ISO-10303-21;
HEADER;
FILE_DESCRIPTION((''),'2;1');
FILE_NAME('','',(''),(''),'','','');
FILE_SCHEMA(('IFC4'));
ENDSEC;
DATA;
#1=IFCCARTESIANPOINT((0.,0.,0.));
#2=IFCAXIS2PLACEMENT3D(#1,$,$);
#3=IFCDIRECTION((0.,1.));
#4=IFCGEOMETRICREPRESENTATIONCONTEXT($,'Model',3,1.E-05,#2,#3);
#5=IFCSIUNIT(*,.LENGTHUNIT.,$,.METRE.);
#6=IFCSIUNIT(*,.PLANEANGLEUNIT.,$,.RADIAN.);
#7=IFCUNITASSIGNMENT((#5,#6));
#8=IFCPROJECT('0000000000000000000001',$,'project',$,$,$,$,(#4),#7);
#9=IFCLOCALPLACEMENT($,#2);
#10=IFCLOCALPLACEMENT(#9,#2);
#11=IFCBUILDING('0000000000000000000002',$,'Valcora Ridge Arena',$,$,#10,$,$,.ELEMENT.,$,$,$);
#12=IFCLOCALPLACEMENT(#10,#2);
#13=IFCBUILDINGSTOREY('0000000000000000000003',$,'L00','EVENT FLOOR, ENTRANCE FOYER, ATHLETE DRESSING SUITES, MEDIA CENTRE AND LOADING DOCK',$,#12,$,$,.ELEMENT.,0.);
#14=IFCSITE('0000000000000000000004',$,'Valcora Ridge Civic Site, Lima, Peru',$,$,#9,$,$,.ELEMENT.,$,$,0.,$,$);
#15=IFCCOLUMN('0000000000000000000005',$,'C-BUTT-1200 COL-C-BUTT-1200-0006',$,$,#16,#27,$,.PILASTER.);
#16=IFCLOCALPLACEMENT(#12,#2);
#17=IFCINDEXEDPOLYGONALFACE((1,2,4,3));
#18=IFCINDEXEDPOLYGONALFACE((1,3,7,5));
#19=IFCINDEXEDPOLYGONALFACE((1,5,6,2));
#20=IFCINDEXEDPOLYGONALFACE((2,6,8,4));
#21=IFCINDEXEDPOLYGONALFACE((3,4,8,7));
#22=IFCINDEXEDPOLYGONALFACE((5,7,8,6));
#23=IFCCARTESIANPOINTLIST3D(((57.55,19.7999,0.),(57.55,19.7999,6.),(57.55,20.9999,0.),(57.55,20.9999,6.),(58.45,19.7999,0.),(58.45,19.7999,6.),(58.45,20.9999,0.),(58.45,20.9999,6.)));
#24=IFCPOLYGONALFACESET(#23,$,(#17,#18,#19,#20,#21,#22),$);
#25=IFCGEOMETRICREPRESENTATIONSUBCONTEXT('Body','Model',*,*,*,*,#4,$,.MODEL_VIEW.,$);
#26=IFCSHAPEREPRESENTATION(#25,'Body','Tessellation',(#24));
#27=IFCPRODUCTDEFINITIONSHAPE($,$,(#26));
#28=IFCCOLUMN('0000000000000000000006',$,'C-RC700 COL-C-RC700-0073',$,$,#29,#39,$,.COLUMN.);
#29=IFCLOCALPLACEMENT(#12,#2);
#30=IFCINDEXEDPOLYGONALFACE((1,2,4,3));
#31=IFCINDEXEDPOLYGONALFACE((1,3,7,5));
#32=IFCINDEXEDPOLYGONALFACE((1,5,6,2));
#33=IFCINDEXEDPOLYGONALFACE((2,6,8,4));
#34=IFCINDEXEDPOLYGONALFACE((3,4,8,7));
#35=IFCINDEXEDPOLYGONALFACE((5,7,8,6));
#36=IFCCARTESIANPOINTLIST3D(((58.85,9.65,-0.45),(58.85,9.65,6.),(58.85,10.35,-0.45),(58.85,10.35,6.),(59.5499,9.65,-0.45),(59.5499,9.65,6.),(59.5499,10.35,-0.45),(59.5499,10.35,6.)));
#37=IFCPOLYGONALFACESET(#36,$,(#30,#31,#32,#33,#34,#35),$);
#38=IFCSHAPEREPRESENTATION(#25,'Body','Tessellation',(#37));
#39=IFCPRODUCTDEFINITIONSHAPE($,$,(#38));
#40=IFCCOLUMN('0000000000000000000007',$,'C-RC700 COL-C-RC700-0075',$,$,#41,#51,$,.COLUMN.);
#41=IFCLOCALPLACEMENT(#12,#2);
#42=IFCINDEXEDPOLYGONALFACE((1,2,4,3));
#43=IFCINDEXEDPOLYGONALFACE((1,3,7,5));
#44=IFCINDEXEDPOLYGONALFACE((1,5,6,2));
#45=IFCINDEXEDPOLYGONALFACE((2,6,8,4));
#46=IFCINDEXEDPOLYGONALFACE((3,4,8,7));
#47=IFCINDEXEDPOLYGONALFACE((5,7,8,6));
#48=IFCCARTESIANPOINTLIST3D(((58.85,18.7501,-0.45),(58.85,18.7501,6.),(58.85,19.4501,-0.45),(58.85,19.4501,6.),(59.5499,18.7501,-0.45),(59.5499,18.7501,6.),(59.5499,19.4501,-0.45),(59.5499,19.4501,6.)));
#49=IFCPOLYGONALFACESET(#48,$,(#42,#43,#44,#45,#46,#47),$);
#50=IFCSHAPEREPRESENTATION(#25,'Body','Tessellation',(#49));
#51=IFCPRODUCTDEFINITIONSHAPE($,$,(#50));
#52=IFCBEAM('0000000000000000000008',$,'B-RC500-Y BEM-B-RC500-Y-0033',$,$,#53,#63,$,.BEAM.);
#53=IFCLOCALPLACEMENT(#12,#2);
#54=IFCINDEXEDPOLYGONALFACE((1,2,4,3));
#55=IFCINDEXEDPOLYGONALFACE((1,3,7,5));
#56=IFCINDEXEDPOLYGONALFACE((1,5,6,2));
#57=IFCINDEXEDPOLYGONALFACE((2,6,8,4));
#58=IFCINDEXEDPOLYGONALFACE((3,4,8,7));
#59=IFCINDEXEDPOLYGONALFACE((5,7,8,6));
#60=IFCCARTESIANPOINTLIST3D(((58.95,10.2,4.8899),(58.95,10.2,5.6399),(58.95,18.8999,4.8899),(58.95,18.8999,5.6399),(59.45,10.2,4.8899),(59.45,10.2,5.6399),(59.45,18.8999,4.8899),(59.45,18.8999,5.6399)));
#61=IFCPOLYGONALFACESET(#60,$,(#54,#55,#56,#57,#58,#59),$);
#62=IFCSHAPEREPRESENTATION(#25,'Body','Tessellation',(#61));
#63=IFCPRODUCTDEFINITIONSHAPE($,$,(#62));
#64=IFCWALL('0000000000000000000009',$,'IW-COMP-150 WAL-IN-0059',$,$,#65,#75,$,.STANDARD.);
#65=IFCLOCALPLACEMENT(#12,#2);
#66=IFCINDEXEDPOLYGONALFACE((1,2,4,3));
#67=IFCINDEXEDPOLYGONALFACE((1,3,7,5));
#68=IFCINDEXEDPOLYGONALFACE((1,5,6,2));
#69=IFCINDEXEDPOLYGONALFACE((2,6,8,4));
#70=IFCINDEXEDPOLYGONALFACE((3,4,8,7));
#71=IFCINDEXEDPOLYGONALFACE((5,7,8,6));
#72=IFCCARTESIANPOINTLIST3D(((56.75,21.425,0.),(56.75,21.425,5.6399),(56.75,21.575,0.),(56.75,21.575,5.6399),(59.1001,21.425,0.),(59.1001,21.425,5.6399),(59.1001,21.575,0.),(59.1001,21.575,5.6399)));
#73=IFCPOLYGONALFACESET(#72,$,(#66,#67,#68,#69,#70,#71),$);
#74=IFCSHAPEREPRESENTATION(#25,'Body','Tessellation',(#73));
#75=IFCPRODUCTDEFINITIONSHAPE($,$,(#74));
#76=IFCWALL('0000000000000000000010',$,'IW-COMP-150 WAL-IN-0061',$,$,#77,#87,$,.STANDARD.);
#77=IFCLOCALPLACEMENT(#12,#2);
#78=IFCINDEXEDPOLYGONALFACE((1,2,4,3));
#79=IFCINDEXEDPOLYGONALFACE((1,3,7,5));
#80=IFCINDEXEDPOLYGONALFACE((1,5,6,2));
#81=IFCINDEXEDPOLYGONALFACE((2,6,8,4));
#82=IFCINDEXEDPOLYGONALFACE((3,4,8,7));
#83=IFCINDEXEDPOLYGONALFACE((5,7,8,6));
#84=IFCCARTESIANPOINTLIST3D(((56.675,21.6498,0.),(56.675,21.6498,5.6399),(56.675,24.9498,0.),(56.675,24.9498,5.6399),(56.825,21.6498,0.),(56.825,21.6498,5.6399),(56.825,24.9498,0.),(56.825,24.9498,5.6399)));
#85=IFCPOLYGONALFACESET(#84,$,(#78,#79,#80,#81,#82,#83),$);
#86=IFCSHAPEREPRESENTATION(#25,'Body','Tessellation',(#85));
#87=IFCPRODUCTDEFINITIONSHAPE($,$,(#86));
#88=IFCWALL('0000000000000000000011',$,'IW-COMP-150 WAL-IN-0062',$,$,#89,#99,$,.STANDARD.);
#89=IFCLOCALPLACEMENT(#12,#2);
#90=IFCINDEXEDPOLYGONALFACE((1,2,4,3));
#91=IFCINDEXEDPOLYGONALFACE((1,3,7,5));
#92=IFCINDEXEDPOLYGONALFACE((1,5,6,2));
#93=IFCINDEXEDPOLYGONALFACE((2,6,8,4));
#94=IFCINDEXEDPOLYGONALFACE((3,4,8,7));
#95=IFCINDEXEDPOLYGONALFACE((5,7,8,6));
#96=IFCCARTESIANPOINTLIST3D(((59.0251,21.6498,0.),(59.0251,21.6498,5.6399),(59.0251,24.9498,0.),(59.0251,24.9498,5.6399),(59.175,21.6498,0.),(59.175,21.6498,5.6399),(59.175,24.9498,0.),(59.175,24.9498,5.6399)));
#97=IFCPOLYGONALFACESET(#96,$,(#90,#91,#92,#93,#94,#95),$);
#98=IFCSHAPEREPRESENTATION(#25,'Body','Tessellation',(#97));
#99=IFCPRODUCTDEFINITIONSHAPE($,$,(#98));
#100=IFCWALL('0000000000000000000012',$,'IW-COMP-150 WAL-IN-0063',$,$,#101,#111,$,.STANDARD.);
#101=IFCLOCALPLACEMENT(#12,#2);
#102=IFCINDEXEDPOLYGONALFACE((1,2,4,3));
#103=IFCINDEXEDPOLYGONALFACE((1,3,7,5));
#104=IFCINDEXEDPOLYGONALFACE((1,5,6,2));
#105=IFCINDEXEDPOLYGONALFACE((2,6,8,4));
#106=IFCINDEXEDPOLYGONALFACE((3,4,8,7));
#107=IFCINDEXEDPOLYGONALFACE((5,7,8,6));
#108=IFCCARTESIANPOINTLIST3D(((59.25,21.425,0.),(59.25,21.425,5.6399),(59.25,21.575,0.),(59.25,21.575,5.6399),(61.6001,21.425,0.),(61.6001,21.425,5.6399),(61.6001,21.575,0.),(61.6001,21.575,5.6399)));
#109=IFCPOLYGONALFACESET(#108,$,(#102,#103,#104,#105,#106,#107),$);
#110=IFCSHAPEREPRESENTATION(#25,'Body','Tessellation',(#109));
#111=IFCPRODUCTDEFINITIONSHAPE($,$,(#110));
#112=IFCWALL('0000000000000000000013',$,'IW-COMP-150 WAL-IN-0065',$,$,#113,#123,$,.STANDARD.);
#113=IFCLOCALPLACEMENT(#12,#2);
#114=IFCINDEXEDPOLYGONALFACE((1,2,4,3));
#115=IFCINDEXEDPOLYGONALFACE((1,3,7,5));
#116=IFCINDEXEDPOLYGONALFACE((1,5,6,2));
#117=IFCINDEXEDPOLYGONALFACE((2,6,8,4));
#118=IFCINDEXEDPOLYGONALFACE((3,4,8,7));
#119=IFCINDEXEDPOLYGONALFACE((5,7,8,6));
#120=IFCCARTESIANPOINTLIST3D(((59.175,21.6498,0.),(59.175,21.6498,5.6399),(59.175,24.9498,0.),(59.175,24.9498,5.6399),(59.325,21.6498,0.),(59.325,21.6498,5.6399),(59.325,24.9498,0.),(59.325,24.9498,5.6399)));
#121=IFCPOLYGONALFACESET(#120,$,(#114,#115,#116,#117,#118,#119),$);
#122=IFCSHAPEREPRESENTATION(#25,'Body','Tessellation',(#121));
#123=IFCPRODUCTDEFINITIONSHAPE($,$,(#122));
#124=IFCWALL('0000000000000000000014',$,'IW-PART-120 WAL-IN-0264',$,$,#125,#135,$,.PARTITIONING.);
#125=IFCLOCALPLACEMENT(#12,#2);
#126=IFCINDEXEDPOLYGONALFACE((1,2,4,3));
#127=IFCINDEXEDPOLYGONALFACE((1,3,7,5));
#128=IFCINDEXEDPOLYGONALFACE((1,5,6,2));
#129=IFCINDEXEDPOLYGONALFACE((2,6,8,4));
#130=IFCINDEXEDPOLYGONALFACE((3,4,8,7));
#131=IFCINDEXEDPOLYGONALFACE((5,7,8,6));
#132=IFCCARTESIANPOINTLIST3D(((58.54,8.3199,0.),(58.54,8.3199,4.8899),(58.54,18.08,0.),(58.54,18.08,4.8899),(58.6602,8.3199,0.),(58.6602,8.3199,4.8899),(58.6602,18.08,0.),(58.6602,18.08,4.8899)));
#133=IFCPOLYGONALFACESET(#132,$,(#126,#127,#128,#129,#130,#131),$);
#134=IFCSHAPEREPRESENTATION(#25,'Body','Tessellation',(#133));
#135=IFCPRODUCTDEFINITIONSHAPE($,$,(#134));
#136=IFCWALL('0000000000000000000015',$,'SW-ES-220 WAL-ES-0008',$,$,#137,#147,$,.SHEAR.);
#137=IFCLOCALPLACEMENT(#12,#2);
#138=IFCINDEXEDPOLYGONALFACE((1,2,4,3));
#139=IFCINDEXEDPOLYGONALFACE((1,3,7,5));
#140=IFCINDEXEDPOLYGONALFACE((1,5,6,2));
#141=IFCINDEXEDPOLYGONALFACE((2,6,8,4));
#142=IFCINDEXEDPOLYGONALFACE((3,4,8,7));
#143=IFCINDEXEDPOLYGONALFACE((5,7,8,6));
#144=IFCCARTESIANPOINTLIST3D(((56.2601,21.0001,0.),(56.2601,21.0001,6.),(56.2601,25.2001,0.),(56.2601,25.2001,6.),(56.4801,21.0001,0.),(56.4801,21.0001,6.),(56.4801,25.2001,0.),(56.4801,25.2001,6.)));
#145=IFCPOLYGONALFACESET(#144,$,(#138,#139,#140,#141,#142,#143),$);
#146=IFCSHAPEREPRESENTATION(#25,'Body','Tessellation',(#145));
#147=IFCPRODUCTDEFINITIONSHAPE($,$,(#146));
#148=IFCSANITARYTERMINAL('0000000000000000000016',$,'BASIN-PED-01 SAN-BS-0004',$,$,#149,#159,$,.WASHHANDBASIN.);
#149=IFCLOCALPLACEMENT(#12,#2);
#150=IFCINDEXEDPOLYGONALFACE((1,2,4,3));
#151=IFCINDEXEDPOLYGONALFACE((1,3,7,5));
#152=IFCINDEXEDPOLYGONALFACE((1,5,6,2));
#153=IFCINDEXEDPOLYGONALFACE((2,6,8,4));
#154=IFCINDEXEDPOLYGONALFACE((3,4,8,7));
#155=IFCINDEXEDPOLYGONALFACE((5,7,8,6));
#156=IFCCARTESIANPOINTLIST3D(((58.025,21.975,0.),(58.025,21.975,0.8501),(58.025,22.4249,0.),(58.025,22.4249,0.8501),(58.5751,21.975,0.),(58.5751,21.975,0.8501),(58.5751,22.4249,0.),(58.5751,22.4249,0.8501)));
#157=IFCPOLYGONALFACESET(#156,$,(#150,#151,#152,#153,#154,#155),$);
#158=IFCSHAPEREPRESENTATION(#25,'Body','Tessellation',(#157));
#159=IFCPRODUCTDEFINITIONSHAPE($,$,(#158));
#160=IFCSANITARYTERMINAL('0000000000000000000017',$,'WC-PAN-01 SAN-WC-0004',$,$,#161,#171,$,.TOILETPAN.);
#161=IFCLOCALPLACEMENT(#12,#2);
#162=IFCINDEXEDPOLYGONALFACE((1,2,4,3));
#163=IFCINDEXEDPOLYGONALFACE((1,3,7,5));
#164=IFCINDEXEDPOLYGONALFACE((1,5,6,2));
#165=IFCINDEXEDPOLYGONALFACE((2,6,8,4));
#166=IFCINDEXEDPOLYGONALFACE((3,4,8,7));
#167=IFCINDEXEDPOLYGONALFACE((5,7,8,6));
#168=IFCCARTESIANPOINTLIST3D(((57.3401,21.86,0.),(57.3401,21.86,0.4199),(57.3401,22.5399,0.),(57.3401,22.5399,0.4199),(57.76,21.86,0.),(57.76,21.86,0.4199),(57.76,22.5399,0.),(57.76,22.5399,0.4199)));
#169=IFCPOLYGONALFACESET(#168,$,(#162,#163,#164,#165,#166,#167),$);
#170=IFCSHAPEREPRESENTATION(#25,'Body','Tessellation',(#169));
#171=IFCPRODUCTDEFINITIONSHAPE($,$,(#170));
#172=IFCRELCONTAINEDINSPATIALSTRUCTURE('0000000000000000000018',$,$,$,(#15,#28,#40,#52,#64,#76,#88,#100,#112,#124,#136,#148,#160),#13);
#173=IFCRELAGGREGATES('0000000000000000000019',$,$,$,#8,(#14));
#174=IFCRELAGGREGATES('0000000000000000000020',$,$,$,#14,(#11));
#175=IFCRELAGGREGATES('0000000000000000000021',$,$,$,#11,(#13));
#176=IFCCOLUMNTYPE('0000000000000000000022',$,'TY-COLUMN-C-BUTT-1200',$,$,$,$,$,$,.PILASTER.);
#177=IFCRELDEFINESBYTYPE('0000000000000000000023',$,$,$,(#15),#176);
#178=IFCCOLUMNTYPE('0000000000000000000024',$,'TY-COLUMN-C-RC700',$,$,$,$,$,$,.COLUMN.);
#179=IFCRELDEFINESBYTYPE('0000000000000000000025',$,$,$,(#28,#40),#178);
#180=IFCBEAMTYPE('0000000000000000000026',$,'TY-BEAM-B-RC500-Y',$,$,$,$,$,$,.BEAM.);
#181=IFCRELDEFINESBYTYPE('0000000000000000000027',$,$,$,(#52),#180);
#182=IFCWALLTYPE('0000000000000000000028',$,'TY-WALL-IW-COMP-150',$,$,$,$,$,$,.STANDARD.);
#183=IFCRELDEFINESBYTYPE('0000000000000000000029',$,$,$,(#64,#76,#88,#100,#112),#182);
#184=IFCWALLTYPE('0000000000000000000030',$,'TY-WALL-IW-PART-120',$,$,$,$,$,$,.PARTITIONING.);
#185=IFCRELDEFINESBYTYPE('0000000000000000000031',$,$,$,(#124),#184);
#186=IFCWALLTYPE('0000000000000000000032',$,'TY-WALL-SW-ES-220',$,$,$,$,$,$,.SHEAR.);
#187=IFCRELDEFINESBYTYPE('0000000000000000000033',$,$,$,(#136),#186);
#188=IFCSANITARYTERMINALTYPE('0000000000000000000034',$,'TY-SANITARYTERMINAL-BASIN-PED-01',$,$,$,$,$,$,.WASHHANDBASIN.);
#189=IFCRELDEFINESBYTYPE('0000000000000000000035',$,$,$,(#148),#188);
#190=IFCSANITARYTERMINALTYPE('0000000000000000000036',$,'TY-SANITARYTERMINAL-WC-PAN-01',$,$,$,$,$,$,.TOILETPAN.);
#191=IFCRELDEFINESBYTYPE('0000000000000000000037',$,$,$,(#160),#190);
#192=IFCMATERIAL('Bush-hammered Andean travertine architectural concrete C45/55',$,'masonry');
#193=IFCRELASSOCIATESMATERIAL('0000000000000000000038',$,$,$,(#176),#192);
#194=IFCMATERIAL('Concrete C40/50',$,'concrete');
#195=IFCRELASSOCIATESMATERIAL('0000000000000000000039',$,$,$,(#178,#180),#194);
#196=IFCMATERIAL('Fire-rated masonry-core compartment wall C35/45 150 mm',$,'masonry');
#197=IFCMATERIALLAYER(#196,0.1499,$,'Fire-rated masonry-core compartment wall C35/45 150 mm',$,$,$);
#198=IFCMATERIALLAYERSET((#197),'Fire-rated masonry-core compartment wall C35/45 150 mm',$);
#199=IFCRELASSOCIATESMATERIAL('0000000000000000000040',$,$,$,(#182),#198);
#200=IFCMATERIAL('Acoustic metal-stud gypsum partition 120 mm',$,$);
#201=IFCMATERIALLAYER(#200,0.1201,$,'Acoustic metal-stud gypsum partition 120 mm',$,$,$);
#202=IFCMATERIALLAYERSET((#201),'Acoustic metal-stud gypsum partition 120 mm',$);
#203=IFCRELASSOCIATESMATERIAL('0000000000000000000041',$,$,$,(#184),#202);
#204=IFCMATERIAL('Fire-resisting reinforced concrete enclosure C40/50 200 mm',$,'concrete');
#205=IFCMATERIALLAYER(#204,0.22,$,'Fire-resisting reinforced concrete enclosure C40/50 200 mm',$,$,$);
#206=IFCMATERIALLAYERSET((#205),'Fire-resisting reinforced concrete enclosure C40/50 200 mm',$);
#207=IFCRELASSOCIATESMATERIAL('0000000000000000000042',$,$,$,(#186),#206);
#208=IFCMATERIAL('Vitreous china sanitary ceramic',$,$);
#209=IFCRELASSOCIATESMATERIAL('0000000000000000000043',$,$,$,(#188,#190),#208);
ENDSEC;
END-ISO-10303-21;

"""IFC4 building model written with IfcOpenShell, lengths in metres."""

from ifc_helpers import new_model, si_unit, direction, frame, frame_2d, origin, origin_2d, place, context, subcontext, project, spatial, rectangle, extrude, material, layer, layer_set, material_profile, profile_set, type_object, element, save


model = new_model("IFC4")

# Units and contexts
model_context = context("Model", 3, precision=1e-05, world=origin(), true_north=direction((0.0, 1.0)))
body_context = subcontext(model_context, "Body", "Model", "MODEL_VIEW")
ifc_project = project(units=[si_unit("LENGTHUNIT", "METRE"), si_unit("PLANEANGLEUNIT", "RADIAN")], contexts=[model_context])

# Site, building, storey
site_placement = place(None, origin())
site = spatial("IfcSite", under=ifc_project, at=site_placement, Name="Valcora Ridge Civic Site, Lima, Peru", CompositionType="ELEMENT", RefElevation=0.0)
building_placement = place(site_placement, origin())
building = spatial("IfcBuilding", under=site, at=building_placement, Name="Valcora Ridge Arena", CompositionType="ELEMENT")
storey_placement = place(building_placement, origin())
storey = spatial("IfcBuildingStorey", under=building, at=storey_placement, Name="L00", Description="EVENT FLOOR, ENTRANCE FOYER, ATHLETE DRESSING SUITES, MEDIA CENTRE AND LOADING DOCK", CompositionType="ELEMENT", Elevation=0.0)

# Shared definitions
ifc_material_1 = material(Name="Concrete C40/50", Category="concrete")

# Columns
ifc_material_2 = material(Name="Bush-hammered Andean travertine architectural concrete C45/55", Category="masonry")
ifc_material_profile_1 = material_profile(ifc_material_2, rectangle(XDim=0.8999, YDim=1.2, at=origin_2d()), Name="RC 900x1200")
ifc_profile_set_1 = profile_set([ifc_material_profile_1], Name="Bush-hammered Andean travertine architectural concrete C45/55")
column_type_1 = type_object("IfcColumnType", Name="TY-COLUMN-C-BUTT-1200", PredefinedType="PILASTER", material=ifc_profile_set_1)
column_placement = place(storey_placement, frame((58.0, 20.3999, 0.0), z_axis=(0.0, 0.0, 1.0), x_axis=(1.0, 0.0, 0.0)))
element("IfcColumn", 1, at=column_placement, inside=storey, type_object=column_type_1, Name="C-BUTT-1200 COL-C-BUTT-1200-0006", PredefinedType="PILASTER", context=body_context, shape_type="SweptSolid", body=[
    extrude(rectangle(XDim=0.8999, YDim=1.2, at=origin_2d()), origin(), (0.0, 0.0, 1.0), 6.0),
])
ifc_material_profile_2 = material_profile(ifc_material_1, rectangle(XDim=0.7, YDim=0.7, at=origin_2d()), Name="RC 700x700")
ifc_profile_set_2 = profile_set([ifc_material_profile_2], Name="Concrete C40/50")
column_type_2 = type_object("IfcColumnType", Name="TY-COLUMN-C-RC700", PredefinedType="COLUMN", material=ifc_profile_set_2)
for number, where, z_axis, x_axis, name in (
    (2, (59.2, 10.0, -0.45), (0.0, 0.0, 1.0), (1.0, 0.0, 0.0), "C-RC700 COL-C-RC700-0073"),
    (3, (59.2, 19.1001, -0.45), (0.0, 0.0, 1.0), (1.0, 0.0, 0.0), "C-RC700 COL-C-RC700-0075"),
):
    element("IfcColumn", number, at=place(storey_placement, frame(where, z_axis=z_axis, x_axis=x_axis)), inside=storey, type_object=column_type_2, Name=name, PredefinedType="COLUMN", context=body_context, shape_type="SweptSolid", body=[
        extrude(rectangle(XDim=0.7, YDim=0.7, at=origin_2d()), origin(), (0.0, 0.0, 1.0), 6.45),
    ])

# Beam
ifc_material_profile_3 = material_profile(ifc_material_1, rectangle(XDim=0.5, YDim=0.75, at=origin_2d()), Name="RC 500x750")
ifc_profile_set_3 = profile_set([ifc_material_profile_3], Name="Concrete C40/50")
beam_type = type_object("IfcBeamType", Name="TY-BEAM-B-RC500-Y", PredefinedType="BEAM", material=ifc_profile_set_3)
beam_placement = place(storey_placement, frame((59.2, 10.2, 5.2649), z_axis=(0.0, 1.0, 0.0), x_axis=(-1.0, 0.0, 0.0)))
element("IfcBeam", 4, at=beam_placement, inside=storey, type_object=beam_type, Name="B-RC500-Y BEM-B-RC500-Y-0033", PredefinedType="BEAM", context=body_context, shape_type="SweptSolid", body=[
    extrude(rectangle(XDim=0.5, YDim=0.75, at=origin_2d()), origin(), (0.0, 0.0, 1.0), 8.7),
])

# Walls
ifc_material_3 = material(Name="Fire-rated masonry-core compartment wall C35/45 150 mm", Category="masonry")
ifc_layer_1 = layer(ifc_material_3, 0.1499, Name="Fire-rated masonry-core compartment wall C35/45 150 mm")
ifc_layer_set_1 = layer_set([ifc_layer_1], Name="Fire-rated masonry-core compartment wall C35/45 150 mm")
wall_type_1 = type_object("IfcWallType", Name="TY-WALL-IW-COMP-150", PredefinedType="STANDARD", material=ifc_layer_set_1)
wall_1_placement = place(storey_placement, frame((56.75, 21.5, 0.0), z_axis=(0.0, 0.0, 1.0), x_axis=(1.0, 0.0, 0.0)))
element("IfcWall", 5, at=wall_1_placement, inside=storey, type_object=wall_type_1, Name="IW-COMP-150 WAL-IN-0059", PredefinedType="STANDARD", context=body_context, shape_type="SweptSolid", body=[
    extrude(rectangle(XDim=2.3501, YDim=0.1499, at=frame_2d((1.175, 0.0))), origin(), (0.0, 0.0, 1.0), 5.6399),
])
for number, where, z_axis, x_axis, name in (
    (6, (56.75, 21.6499, 0.0), (0.0, 0.0, 1.0), (0.0, 1.0, 0.0), "IW-COMP-150 WAL-IN-0061"),
    (7, (59.1001, 21.6499, 0.0), (0.0, 0.0, 1.0), (0.0, 1.0, 0.0), "IW-COMP-150 WAL-IN-0062"),
):
    element("IfcWall", number, at=place(storey_placement, frame(where, z_axis=z_axis, x_axis=x_axis)), inside=storey, type_object=wall_type_1, Name=name, PredefinedType="STANDARD", context=body_context, shape_type="SweptSolid", body=[
        extrude(rectangle(XDim=3.3, YDim=0.1499, at=frame_2d((1.6499, 0.0))), origin(), (0.0, 0.0, 1.0), 5.6399),
    ])
wall_2_placement = place(storey_placement, frame((59.25, 21.5, 0.0), z_axis=(0.0, 0.0, 1.0), x_axis=(1.0, 0.0, 0.0)))
element("IfcWall", 8, at=wall_2_placement, inside=storey, type_object=wall_type_1, Name="IW-COMP-150 WAL-IN-0063", PredefinedType="STANDARD", context=body_context, shape_type="SweptSolid", body=[
    extrude(rectangle(XDim=2.3501, YDim=0.1499, at=frame_2d((1.175, 0.0))), origin(), (0.0, 0.0, 1.0), 5.6399),
])
wall_3_placement = place(storey_placement, frame((59.25, 21.6499, 0.0), z_axis=(0.0, 0.0, 1.0), x_axis=(0.0, 1.0, 0.0)))
element("IfcWall", 9, at=wall_3_placement, inside=storey, type_object=wall_type_1, Name="IW-COMP-150 WAL-IN-0065", PredefinedType="STANDARD", context=body_context, shape_type="SweptSolid", body=[
    extrude(rectangle(XDim=3.3, YDim=0.1499, at=frame_2d((1.6499, 0.0))), origin(), (0.0, 0.0, 1.0), 5.6399),
])
ifc_material_4 = material(Name="Acoustic metal-stud gypsum partition 120 mm")
ifc_layer_2 = layer(ifc_material_4, 0.1201, Name="Acoustic metal-stud gypsum partition 120 mm")
ifc_layer_set_2 = layer_set([ifc_layer_2], Name="Acoustic metal-stud gypsum partition 120 mm")
wall_type_2 = type_object("IfcWallType", Name="TY-WALL-IW-PART-120", PredefinedType="PARTITIONING", material=ifc_layer_set_2)
wall_4_placement = place(storey_placement, frame((58.6001, 8.3201, 0.0), z_axis=(0.0, 0.0, 1.0), x_axis=(0.0, 1.0, 0.0)))
element("IfcWall", 10, at=wall_4_placement, inside=storey, type_object=wall_type_2, Name="IW-PART-120 WAL-IN-0264", PredefinedType="PARTITIONING", context=body_context, shape_type="SweptSolid", body=[
    extrude(rectangle(XDim=9.76, YDim=0.1201, at=frame_2d((4.8799, 0.0))), origin(), (0.0, 0.0, 1.0), 4.8899),
])
ifc_material_5 = material(Name="Fire-resisting reinforced concrete enclosure C40/50 200 mm", Category="concrete")
ifc_layer_3 = layer(ifc_material_5, 0.22, Name="Fire-resisting reinforced concrete enclosure C40/50 200 mm")
ifc_layer_set_3 = layer_set([ifc_layer_3], Name="Fire-resisting reinforced concrete enclosure C40/50 200 mm")
wall_type_3 = type_object("IfcWallType", Name="TY-WALL-SW-ES-220", PredefinedType="SHEAR", material=ifc_layer_set_3)
wall_5_placement = place(storey_placement, frame((56.3701, 21.0, 0.0), z_axis=(0.0, 0.0, 1.0), x_axis=(0.0, 1.0, 0.0)))
element("IfcWall", 11, at=wall_5_placement, inside=storey, type_object=wall_type_3, Name="SW-ES-220 WAL-ES-0008", PredefinedType="SHEAR", context=body_context, shape_type="SweptSolid", body=[
    extrude(rectangle(XDim=4.2, YDim=0.22, at=frame_2d((2.1001, 0.0))), origin(), (0.0, 0.0, 1.0), 6.0),
])

# Sanitary terminals
ifc_material_6 = material(Name="Vitreous china sanitary ceramic")
sanitary_terminal_type_1 = type_object("IfcSanitaryTerminalType", Name="TY-SANITARYTERMINAL-BASIN-PED-01", PredefinedType="WASHHANDBASIN", material=ifc_material_6)
sanitary_terminal_1_placement = place(storey_placement, frame((58.3, 22.2, 0.0), z_axis=(0.0, 0.0, 1.0), x_axis=(1.0, 0.0, 0.0)))
element("IfcSanitaryTerminal", 12, at=sanitary_terminal_1_placement, inside=storey, type_object=sanitary_terminal_type_1, Name="BASIN-PED-01 SAN-BS-0004", PredefinedType="WASHHANDBASIN", context=body_context, shape_type="SweptSolid", body=[
    extrude(rectangle(XDim=0.55, YDim=0.45, at=origin_2d()), origin(), (0.0, 0.0, 1.0), 0.8501),
])
sanitary_terminal_type_2 = type_object("IfcSanitaryTerminalType", Name="TY-SANITARYTERMINAL-WC-PAN-01", PredefinedType="TOILETPAN", material=ifc_material_6)
sanitary_terminal_2_placement = place(storey_placement, frame((57.55, 22.2, 0.0), z_axis=(0.0, 0.0, 1.0), x_axis=(1.0, 0.0, 0.0)))
element("IfcSanitaryTerminal", 13, at=sanitary_terminal_2_placement, inside=storey, type_object=sanitary_terminal_type_2, Name="WC-PAN-01 SAN-WC-0004", PredefinedType="TOILETPAN", context=body_context, shape_type="SweptSolid", body=[
    extrude(rectangle(XDim=0.4199, YDim=0.6799, at=origin_2d()), origin(), (0.0, 0.0, 1.0), 0.4199),
])

save(model, "model.ifc")
